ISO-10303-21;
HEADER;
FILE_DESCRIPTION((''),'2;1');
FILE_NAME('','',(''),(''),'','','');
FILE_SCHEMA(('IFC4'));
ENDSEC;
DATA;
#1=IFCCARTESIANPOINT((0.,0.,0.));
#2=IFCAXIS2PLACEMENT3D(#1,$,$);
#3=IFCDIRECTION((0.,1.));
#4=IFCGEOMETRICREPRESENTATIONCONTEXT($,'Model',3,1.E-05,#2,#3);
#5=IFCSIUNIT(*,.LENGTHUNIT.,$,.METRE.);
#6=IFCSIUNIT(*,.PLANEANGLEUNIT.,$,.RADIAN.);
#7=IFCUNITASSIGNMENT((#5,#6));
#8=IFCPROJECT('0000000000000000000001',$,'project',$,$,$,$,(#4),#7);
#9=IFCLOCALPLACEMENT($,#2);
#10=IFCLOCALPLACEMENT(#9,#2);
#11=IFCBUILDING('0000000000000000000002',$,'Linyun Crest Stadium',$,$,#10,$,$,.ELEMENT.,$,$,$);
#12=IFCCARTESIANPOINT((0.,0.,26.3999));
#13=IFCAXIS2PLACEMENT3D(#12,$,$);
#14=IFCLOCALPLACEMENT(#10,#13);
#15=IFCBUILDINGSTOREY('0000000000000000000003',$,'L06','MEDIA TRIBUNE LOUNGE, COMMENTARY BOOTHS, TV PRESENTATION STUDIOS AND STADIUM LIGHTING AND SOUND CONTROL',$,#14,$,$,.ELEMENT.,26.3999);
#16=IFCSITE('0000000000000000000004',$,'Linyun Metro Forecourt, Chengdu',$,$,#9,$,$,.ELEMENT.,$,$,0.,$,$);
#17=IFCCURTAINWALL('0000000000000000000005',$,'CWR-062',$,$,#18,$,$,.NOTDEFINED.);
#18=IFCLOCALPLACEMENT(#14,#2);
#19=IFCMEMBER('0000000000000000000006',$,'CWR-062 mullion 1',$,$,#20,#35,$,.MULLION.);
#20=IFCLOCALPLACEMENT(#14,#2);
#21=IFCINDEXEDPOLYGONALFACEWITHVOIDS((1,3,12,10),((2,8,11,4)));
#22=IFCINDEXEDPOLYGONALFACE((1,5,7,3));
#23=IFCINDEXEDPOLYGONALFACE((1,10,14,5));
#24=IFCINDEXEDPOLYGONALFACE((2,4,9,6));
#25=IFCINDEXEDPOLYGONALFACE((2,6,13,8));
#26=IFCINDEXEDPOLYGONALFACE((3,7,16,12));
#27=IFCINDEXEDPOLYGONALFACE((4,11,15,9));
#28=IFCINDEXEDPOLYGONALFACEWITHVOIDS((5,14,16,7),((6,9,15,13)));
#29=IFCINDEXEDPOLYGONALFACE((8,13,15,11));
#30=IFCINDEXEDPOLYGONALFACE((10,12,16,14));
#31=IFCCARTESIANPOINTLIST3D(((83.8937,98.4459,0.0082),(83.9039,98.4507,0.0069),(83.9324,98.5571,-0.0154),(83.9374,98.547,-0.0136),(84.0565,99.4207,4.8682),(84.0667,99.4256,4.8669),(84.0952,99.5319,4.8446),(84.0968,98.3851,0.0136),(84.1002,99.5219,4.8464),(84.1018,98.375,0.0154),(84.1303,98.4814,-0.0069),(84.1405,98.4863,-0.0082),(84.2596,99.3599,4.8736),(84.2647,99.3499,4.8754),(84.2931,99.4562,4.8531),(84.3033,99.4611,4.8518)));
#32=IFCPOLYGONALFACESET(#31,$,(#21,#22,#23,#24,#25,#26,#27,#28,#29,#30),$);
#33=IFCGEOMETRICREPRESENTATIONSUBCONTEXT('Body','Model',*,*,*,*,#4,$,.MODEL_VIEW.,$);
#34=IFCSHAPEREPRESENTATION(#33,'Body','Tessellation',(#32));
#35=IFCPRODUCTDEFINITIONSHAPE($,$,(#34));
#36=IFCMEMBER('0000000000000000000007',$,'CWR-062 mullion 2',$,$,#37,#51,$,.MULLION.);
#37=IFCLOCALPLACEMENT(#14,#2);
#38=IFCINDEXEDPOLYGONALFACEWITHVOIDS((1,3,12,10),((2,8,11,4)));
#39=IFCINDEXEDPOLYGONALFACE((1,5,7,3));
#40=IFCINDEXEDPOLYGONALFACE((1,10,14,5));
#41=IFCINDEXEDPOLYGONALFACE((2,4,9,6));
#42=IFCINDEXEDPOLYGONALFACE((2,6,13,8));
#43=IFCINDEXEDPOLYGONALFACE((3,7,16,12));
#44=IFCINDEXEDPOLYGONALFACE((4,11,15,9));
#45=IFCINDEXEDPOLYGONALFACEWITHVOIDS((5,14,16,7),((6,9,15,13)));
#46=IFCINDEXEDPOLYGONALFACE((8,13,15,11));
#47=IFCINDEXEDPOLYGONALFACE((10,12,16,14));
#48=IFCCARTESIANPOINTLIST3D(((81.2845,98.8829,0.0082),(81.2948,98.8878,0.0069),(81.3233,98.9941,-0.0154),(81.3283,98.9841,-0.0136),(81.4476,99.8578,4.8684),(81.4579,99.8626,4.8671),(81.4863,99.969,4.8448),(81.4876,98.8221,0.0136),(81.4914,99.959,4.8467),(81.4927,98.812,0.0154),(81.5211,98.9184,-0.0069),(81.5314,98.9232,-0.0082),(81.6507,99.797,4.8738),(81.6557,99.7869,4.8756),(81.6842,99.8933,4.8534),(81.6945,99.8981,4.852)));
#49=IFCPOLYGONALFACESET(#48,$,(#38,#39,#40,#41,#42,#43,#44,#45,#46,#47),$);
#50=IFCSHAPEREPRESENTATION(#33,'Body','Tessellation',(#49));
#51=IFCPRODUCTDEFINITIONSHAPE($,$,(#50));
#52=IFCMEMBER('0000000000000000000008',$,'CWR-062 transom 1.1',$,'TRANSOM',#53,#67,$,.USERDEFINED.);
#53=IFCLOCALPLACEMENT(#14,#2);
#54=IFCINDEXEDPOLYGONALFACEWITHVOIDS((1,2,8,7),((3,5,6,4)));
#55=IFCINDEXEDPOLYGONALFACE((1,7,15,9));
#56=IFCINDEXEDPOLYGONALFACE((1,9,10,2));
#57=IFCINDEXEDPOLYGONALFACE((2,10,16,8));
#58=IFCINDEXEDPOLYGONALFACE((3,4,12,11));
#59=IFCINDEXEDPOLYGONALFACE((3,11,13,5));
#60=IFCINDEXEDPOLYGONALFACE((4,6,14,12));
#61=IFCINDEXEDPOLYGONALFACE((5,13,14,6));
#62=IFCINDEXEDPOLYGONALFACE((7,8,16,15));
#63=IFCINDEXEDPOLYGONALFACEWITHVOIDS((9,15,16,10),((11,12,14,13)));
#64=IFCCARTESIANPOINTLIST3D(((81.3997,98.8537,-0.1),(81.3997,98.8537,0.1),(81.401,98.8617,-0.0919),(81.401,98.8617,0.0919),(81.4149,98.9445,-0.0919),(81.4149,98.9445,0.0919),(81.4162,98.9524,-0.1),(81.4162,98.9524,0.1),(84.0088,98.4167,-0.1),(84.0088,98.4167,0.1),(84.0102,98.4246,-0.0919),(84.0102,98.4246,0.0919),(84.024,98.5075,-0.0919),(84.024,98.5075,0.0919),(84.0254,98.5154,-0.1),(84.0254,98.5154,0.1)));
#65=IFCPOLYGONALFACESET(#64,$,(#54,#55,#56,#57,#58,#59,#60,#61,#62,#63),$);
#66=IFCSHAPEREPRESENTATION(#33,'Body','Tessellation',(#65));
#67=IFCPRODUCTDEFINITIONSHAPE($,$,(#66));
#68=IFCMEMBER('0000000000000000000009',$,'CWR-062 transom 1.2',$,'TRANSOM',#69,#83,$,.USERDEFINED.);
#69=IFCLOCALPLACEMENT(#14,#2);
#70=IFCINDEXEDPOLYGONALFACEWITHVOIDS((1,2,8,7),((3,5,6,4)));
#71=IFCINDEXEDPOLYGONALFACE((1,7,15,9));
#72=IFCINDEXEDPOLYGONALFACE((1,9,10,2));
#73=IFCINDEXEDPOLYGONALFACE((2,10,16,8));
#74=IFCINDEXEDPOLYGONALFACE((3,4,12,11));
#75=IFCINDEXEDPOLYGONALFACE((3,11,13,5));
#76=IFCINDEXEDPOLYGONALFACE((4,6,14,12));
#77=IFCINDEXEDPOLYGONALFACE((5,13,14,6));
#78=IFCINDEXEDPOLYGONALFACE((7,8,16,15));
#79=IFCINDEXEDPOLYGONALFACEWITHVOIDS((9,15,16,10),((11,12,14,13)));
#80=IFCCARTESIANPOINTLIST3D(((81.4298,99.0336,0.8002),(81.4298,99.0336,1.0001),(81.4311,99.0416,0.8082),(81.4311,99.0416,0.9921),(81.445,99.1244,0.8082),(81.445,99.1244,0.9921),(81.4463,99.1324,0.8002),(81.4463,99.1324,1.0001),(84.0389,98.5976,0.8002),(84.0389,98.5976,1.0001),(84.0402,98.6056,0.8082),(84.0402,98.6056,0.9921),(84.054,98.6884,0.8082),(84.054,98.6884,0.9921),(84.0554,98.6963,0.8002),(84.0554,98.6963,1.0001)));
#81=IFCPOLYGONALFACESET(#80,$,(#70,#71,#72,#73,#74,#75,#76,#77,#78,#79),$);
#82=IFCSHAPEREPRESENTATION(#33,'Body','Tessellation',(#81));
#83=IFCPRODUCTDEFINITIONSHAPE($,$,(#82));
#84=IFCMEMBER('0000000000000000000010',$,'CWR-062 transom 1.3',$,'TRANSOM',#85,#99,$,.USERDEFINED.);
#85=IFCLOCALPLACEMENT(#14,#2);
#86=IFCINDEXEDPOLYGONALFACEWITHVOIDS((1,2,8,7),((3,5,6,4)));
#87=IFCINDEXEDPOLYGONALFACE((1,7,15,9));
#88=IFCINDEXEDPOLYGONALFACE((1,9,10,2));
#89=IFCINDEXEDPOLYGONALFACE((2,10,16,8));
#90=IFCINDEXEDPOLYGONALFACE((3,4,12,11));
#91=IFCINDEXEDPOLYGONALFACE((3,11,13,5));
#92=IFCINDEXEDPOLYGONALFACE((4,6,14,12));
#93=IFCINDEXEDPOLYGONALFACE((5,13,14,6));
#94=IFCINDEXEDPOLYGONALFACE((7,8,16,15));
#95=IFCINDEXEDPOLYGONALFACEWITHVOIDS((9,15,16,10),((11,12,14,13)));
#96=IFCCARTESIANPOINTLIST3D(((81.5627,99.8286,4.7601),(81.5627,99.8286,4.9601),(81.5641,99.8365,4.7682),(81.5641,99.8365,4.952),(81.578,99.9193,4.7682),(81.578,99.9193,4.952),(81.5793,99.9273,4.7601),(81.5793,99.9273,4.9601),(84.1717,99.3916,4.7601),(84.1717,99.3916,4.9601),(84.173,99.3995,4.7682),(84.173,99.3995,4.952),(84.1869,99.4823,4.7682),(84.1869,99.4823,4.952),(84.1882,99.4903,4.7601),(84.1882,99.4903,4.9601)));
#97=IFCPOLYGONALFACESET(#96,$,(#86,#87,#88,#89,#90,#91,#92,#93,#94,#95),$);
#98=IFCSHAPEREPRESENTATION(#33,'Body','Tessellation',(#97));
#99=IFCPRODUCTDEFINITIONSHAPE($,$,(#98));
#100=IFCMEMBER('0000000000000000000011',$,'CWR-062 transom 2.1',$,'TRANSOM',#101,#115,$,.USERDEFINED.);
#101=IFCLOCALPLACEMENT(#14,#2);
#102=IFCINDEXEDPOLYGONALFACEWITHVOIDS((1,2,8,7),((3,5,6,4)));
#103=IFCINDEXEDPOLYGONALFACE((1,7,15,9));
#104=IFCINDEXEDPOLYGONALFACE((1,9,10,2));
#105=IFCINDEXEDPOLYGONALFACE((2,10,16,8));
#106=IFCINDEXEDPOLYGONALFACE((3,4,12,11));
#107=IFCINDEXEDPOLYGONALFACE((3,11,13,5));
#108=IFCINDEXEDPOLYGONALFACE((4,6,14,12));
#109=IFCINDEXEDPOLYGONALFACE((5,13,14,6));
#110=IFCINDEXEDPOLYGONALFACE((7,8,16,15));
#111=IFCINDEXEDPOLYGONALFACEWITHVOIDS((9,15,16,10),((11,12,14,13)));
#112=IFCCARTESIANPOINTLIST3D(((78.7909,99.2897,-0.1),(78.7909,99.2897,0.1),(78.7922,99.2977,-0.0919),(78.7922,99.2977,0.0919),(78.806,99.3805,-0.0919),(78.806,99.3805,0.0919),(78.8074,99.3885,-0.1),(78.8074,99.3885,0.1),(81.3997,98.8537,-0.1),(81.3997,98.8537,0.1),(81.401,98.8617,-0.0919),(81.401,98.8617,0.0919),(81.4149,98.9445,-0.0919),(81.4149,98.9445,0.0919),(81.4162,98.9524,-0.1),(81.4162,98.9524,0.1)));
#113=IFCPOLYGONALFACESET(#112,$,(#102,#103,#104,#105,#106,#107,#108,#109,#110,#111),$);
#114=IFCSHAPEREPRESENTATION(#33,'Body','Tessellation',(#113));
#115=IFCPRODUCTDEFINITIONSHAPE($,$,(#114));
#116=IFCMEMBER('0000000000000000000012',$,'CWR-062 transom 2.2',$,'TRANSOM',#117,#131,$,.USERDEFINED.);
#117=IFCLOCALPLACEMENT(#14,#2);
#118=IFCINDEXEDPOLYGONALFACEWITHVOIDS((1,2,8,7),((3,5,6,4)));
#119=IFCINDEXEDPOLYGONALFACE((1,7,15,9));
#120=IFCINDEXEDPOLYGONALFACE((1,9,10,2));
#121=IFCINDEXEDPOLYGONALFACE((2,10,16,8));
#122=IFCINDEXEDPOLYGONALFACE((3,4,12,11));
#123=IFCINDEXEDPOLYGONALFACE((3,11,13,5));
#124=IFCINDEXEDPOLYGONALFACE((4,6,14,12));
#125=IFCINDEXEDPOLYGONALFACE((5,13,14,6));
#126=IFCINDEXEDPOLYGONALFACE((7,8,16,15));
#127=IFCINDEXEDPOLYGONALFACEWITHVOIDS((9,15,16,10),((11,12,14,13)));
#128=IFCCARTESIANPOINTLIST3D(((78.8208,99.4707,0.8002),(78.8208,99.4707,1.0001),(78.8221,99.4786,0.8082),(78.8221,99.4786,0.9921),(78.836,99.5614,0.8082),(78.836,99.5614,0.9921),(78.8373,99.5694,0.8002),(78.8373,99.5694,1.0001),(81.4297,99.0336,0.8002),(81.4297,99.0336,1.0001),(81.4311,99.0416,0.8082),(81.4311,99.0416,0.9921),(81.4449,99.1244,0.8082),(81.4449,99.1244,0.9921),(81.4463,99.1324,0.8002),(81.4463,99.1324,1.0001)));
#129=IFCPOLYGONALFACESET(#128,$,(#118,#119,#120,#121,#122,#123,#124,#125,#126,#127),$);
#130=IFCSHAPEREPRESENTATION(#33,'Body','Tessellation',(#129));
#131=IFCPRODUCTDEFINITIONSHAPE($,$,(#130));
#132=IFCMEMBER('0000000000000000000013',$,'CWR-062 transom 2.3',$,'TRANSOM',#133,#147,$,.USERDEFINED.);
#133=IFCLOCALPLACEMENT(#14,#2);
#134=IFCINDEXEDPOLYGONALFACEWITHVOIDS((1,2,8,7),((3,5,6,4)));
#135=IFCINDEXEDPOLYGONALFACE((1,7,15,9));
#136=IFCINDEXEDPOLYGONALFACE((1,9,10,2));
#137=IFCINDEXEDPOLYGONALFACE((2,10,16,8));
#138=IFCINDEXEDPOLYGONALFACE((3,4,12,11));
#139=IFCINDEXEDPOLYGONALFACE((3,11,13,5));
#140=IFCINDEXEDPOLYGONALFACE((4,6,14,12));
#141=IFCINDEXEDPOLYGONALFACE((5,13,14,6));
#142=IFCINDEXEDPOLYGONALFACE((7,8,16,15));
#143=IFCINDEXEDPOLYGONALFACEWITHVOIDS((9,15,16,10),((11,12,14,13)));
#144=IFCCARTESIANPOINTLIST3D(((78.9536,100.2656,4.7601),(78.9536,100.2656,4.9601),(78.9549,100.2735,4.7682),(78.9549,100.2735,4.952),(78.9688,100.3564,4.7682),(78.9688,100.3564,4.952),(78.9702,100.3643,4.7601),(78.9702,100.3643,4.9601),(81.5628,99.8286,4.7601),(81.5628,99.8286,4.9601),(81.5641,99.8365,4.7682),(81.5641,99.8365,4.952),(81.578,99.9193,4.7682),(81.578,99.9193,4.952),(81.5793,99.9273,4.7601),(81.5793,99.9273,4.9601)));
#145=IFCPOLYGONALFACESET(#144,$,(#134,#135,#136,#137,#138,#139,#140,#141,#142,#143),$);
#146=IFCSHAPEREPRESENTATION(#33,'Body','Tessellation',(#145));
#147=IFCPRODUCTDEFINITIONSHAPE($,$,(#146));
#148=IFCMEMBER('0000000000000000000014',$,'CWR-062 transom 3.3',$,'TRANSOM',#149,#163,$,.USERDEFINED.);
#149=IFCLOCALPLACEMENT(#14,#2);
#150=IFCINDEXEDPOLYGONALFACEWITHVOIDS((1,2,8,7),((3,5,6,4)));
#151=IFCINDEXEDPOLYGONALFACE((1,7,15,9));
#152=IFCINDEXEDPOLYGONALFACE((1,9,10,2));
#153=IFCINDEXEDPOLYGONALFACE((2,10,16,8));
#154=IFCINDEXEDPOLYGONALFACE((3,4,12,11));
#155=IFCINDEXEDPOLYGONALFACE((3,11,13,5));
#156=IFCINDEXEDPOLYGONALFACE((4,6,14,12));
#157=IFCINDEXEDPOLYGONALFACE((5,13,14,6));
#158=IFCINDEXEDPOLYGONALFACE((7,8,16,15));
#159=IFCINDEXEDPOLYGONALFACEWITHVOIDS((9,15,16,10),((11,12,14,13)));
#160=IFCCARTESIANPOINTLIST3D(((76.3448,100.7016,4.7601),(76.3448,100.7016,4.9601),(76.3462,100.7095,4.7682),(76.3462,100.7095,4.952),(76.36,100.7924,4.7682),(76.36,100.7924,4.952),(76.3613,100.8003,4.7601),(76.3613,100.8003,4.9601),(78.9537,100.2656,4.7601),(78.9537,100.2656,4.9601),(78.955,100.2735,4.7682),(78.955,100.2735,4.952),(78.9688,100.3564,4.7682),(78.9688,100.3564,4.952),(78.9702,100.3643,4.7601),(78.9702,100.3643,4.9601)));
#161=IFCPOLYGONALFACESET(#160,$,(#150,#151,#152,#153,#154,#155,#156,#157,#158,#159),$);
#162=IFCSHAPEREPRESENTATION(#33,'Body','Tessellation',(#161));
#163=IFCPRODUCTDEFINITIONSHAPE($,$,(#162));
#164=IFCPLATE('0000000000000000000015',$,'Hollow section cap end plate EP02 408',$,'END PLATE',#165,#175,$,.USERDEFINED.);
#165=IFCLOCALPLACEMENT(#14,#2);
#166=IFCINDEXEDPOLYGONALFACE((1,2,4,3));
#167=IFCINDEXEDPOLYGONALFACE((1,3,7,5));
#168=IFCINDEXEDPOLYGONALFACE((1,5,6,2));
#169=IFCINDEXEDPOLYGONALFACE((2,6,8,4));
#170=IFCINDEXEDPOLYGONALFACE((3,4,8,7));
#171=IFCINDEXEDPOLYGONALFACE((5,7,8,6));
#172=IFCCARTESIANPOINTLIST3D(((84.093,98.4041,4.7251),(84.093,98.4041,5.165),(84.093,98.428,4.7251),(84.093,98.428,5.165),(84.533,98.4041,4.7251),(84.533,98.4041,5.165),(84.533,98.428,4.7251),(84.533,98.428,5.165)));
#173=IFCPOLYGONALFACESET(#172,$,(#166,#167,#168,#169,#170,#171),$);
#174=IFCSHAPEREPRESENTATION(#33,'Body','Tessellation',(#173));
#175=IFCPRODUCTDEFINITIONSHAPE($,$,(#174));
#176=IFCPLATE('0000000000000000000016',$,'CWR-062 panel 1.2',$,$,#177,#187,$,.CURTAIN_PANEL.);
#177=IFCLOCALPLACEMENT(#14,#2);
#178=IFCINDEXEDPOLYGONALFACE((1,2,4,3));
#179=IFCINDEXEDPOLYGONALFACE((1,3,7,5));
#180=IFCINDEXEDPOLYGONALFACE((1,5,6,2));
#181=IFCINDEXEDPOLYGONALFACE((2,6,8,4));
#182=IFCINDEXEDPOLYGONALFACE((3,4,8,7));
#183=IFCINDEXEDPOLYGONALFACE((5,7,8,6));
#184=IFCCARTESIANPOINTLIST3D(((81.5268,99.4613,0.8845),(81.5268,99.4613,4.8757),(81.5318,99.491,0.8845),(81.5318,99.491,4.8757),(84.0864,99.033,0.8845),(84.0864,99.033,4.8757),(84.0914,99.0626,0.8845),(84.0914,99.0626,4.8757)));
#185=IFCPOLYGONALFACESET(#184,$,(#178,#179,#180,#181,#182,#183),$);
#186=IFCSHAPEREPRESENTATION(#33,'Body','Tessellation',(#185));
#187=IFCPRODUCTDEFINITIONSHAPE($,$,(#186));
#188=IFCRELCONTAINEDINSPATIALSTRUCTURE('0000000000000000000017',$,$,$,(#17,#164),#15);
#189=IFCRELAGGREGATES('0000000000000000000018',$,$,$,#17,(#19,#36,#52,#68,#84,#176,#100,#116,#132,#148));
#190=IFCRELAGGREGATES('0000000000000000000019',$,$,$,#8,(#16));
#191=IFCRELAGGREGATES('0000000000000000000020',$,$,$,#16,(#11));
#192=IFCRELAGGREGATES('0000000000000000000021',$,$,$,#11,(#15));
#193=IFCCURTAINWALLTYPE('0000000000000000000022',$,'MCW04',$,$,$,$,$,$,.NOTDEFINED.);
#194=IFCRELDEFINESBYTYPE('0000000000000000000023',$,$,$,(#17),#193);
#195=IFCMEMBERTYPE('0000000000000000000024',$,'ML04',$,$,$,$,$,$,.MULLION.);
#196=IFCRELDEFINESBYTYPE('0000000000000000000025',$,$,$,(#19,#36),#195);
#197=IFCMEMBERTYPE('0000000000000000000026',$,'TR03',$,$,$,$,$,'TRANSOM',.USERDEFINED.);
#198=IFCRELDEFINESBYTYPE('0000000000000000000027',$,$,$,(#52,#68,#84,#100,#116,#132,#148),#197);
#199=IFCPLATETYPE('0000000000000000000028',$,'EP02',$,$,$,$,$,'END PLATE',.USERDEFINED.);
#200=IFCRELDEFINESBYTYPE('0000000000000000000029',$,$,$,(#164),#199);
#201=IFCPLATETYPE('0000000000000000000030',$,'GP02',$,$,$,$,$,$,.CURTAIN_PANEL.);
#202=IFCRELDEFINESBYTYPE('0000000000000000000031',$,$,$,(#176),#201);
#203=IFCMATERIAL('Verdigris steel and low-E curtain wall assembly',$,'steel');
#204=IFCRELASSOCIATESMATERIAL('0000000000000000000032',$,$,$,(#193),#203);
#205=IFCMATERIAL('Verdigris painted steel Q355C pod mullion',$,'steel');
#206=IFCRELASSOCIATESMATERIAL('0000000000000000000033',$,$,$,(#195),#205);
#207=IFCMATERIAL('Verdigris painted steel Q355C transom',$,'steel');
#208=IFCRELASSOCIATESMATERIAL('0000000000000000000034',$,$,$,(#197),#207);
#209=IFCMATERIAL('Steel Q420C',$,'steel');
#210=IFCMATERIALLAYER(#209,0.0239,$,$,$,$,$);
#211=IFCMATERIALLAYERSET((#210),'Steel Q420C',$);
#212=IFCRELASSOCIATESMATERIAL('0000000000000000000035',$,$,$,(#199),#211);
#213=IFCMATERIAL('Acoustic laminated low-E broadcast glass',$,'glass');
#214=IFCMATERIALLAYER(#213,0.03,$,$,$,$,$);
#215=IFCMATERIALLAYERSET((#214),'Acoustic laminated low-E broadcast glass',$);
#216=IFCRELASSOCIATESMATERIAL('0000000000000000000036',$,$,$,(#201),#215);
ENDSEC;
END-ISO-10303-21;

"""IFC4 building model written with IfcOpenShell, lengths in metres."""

from ifc_helpers import new_model, si_unit, direction, frame, origin, origin_2d, place, context, subcontext, project, spatial, rectangle, hollow_rectangle, extrude, material, layer, layer_set, material_profile, profile_set, type_object, element, aggregate, save


model = new_model("IFC4")

# Units and contexts
model_context = context("Model", 3, precision=1e-05, world=origin(), true_north=direction((0.0, 1.0)))
body_context = subcontext(model_context, "Body", "Model", "MODEL_VIEW")
ifc_project = project(units=[si_unit("LENGTHUNIT", "METRE"), si_unit("PLANEANGLEUNIT", "RADIAN")], contexts=[model_context])

# Site, building, storey
site_placement = place(None, origin())
site = spatial("IfcSite", under=ifc_project, at=site_placement, Name="Linyun Metro Forecourt, Chengdu", CompositionType="ELEMENT", RefElevation=0.0)
building_placement = place(site_placement, origin())
building = spatial("IfcBuilding", under=site, at=building_placement, Name="Linyun Crest Stadium", CompositionType="ELEMENT")
storey_placement = place(building_placement, frame((0.0, 0.0, 26.3999)))
storey = spatial("IfcBuildingStorey", under=building, at=storey_placement, Name="L06", Description="MEDIA TRIBUNE LOUNGE, COMMENTARY BOOTHS, TV PRESENTATION STUDIOS AND STADIUM LIGHTING AND SOUND CONTROL", CompositionType="ELEMENT", Elevation=26.3999)

# Shared definitions
ifc_material_1 = material(Name="Verdigris steel and low-E curtain wall assembly", Category="steel")
curtain_wall_type = type_object("IfcCurtainWallType", Name="MCW04", PredefinedType="NOTDEFINED", material=ifc_material_1)
ifc_material_2 = material(Name="Verdigris painted steel Q355C pod mullion", Category="steel")
ifc_material_profile_1 = material_profile(ifc_material_2, hollow_rectangle(XDim=0.1201, YDim=0.22, WallThickness=0.0081, at=origin_2d()), Name="RHS 220x120x8")
ifc_profile_set_1 = profile_set([ifc_material_profile_1], Name="Verdigris painted steel Q355C pod mullion")
member_type_1 = type_object("IfcMemberType", Name="ML04", PredefinedType="MULLION", material=ifc_profile_set_1)

# Curtain wall, members
curtain_wall_1_placement = place(storey_placement, origin())
curtain_wall_1 = element("IfcCurtainWall", 1, at=curtain_wall_1_placement, inside=storey, type_object=curtain_wall_type, Name="CWR-062", PredefinedType="NOTDEFINED")
member_1_placement = place(storey_placement, frame((84.0171, 98.4661, 0.0), z_axis=(0.032834, 0.196559, 0.979942), x_axis=(0.322033, 0.926101, -0.19655)))
member_1 = element("IfcMember", 2, at=member_1_placement, type_object=member_type_1, Name="CWR-062 mullion 1", PredefinedType="MULLION", context=body_context, shape_type="SweptSolid", body=[
    extrude(hollow_rectangle(XDim=0.1201, YDim=0.22, WallThickness=0.0081, at=origin_2d()), origin(), (0.0, 0.0, 1.0), 4.9595),
])
member_2_placement = place(storey_placement, frame((81.408, 98.9031, 0.0), z_axis=(0.032883, 0.196559, 0.97994), x_axis=(0.322258, 0.926021, -0.196558)))
member_2 = element("IfcMember", 3, at=member_2_placement, type_object=member_type_1, Name="CWR-062 mullion 2", PredefinedType="MULLION", context=body_context, shape_type="SweptSolid", body=[
    extrude(hollow_rectangle(XDim=0.1201, YDim=0.22, WallThickness=0.0081, at=origin_2d()), origin(), (0.0, 0.0, 1.0), 4.9597),
])
ifc_material_3 = material(Name="Verdigris painted steel Q355C transom", Category="steel")
ifc_material_profile_2 = material_profile(ifc_material_3, hollow_rectangle(XDim=0.1001, YDim=0.2, WallThickness=0.0081, at=origin_2d()), Name="RHS 200x100x8")
ifc_profile_set_2 = profile_set([ifc_material_profile_2], Name="Verdigris painted steel Q355C transom")
member_type_2 = type_object("IfcMemberType", Name="TR03", ElementType="TRANSOM", PredefinedType="USERDEFINED", material=ifc_profile_set_2)
member_3_placement = place(storey_placement, frame((84.0171, 98.4661, 0.0), z_axis=(-0.986261, 0.165192, 0.0), x_axis=(-0.165192, -0.986261, 0.0)))
member_3 = element("IfcMember", 4, at=member_3_placement, type_object=member_type_2, Name="CWR-062 transom 1.1", ObjectType="TRANSOM", PredefinedType="USERDEFINED", context=body_context, shape_type="SweptSolid", body=[
    extrude(hollow_rectangle(XDim=0.1001, YDim=0.2, WallThickness=0.0081, at=origin_2d()), origin(), (0.0, 0.0, 1.0), 2.6455),
])
member_4_placement = place(storey_placement, frame((84.0471, 98.647, 0.9001), z_axis=(-0.986321, 0.164833, 0.0), x_axis=(-0.164833, -0.986321, 0.0)))
member_4 = element("IfcMember", 5, at=member_4_placement, type_object=member_type_2, Name="CWR-062 transom 1.2", ObjectType="TRANSOM", PredefinedType="USERDEFINED", context=body_context, shape_type="SweptSolid", body=[
    extrude(hollow_rectangle(XDim=0.1001, YDim=0.2, WallThickness=0.0081, at=origin_2d()), origin(), (0.0, 0.0, 1.0), 2.6453),
])
member_5_placement = place(storey_placement, frame((84.1799, 99.4409, 4.8601), z_axis=(-0.986259, 0.165207, 0.0), x_axis=(-0.165207, -0.986259, 0.0)))
member_5 = element("IfcMember", 6, at=member_5_placement, type_object=member_type_2, Name="CWR-062 transom 1.3", ObjectType="TRANSOM", PredefinedType="USERDEFINED", context=body_context, shape_type="SweptSolid", body=[
    extrude(hollow_rectangle(XDim=0.1001, YDim=0.2, WallThickness=0.0081, at=origin_2d()), origin(), (0.0, 0.0, 1.0), 2.6453),
])
member_6_placement = place(storey_placement, frame((81.408, 98.9031, 0.0), z_axis=(-0.986319, 0.164848, 0.0), x_axis=(-0.164848, -0.986319, 0.0)))
member_6 = element("IfcMember", 7, at=member_6_placement, type_object=member_type_2, Name="CWR-062 transom 2.1", ObjectType="TRANSOM", PredefinedType="USERDEFINED", context=body_context, shape_type="SweptSolid", body=[
    extrude(hollow_rectangle(XDim=0.1001, YDim=0.2, WallThickness=0.0081, at=origin_2d()), origin(), (0.0, 0.0, 1.0), 2.645),
])
member_7_placement = place(storey_placement, frame((81.438, 99.083, 0.9001), z_axis=(-0.986259, 0.165207, 0.0), x_axis=(-0.165207, -0.986259, 0.0)))
member_7 = element("IfcMember", 8, at=member_7_placement, type_object=member_type_2, Name="CWR-062 transom 2.2", ObjectType="TRANSOM", PredefinedType="USERDEFINED", context=body_context, shape_type="SweptSolid", body=[
    extrude(hollow_rectangle(XDim=0.1001, YDim=0.2, WallThickness=0.0081, at=origin_2d()), origin(), (0.0, 0.0, 1.0), 2.6453),
])
member_8_placement = place(storey_placement, frame((81.571, 99.8779, 4.8601), z_axis=(-0.986261, 0.165192, 0.0), x_axis=(-0.165192, -0.986261, 0.0)))
member_8 = element("IfcMember", 9, at=member_8_placement, type_object=member_type_2, Name="CWR-062 transom 2.3", ObjectType="TRANSOM", PredefinedType="USERDEFINED", context=body_context, shape_type="SweptSolid", body=[
    extrude(hollow_rectangle(XDim=0.1001, YDim=0.2, WallThickness=0.0081, at=origin_2d()), origin(), (0.0, 0.0, 1.0), 2.6455),
])
member_9_placement = place(storey_placement, frame((78.9619, 100.3149, 4.8601), z_axis=(-0.986319, 0.164848, 0.0), x_axis=(-0.164848, -0.986319, 0.0)))
member_9 = element("IfcMember", 10, at=member_9_placement, type_object=member_type_2, Name="CWR-062 transom 3.3", ObjectType="TRANSOM", PredefinedType="USERDEFINED", context=body_context, shape_type="SweptSolid", body=[
    extrude(hollow_rectangle(XDim=0.1001, YDim=0.2, WallThickness=0.0081, at=origin_2d()), origin(), (0.0, 0.0, 1.0), 2.645),
])

# Plates
ifc_material_4 = material(Name="Steel Q420C", Category="steel")
ifc_layer_1 = layer(ifc_material_4, 0.0239)
ifc_layer_set_1 = layer_set([ifc_layer_1], Name="Steel Q420C")
plate_type_1 = type_object("IfcPlateType", Name="EP02", ElementType="END PLATE", PredefinedType="USERDEFINED", material=ifc_layer_set_1)
plate_1_placement = place(storey_placement, frame((84.313, 98.416, 4.7251), z_axis=(0.0, 0.0, 1.0), x_axis=(1.0, 0.0, 0.0)))
element("IfcPlate", 11, at=plate_1_placement, inside=storey, type_object=plate_type_1, Name="Hollow section cap end plate EP02 408", ObjectType="END PLATE", PredefinedType="USERDEFINED", context=body_context, shape_type="SweptSolid", body=[
    extrude(rectangle(XDim=0.4399, YDim=0.0239, at=origin_2d()), origin(), (0.0, 0.0, 1.0), 0.4399),
])
ifc_material_5 = material(Name="Acoustic laminated low-E broadcast glass", Category="glass")
ifc_layer_2 = layer(ifc_material_5, 0.03)
ifc_layer_set_2 = layer_set([ifc_layer_2], Name="Acoustic laminated low-E broadcast glass")
plate_type_2 = type_object("IfcPlateType", Name="GP02", PredefinedType="CURTAIN_PANEL", material=ifc_layer_set_2)
plate_2_placement = place(storey_placement, frame((82.8091, 99.262, 0.8845), z_axis=(0.0, 0.0, 1.0), x_axis=(-0.986283, 0.165065, 0.0)))
plate_2 = element("IfcPlate", 12, at=plate_2_placement, type_object=plate_type_2, Name="CWR-062 panel 1.2", PredefinedType="CURTAIN_PANEL", context=body_context, shape_type="SweptSolid", body=[
    extrude(rectangle(XDim=2.5952, YDim=0.03, at=origin_2d()), origin(), (0.0, 0.0, 1.0), 3.9912),
])
aggregate(curtain_wall_1, [member_1, member_2, member_3, member_4, member_5, plate_2, member_6, member_7, member_8, member_9])

save(model, "model.ifc")
